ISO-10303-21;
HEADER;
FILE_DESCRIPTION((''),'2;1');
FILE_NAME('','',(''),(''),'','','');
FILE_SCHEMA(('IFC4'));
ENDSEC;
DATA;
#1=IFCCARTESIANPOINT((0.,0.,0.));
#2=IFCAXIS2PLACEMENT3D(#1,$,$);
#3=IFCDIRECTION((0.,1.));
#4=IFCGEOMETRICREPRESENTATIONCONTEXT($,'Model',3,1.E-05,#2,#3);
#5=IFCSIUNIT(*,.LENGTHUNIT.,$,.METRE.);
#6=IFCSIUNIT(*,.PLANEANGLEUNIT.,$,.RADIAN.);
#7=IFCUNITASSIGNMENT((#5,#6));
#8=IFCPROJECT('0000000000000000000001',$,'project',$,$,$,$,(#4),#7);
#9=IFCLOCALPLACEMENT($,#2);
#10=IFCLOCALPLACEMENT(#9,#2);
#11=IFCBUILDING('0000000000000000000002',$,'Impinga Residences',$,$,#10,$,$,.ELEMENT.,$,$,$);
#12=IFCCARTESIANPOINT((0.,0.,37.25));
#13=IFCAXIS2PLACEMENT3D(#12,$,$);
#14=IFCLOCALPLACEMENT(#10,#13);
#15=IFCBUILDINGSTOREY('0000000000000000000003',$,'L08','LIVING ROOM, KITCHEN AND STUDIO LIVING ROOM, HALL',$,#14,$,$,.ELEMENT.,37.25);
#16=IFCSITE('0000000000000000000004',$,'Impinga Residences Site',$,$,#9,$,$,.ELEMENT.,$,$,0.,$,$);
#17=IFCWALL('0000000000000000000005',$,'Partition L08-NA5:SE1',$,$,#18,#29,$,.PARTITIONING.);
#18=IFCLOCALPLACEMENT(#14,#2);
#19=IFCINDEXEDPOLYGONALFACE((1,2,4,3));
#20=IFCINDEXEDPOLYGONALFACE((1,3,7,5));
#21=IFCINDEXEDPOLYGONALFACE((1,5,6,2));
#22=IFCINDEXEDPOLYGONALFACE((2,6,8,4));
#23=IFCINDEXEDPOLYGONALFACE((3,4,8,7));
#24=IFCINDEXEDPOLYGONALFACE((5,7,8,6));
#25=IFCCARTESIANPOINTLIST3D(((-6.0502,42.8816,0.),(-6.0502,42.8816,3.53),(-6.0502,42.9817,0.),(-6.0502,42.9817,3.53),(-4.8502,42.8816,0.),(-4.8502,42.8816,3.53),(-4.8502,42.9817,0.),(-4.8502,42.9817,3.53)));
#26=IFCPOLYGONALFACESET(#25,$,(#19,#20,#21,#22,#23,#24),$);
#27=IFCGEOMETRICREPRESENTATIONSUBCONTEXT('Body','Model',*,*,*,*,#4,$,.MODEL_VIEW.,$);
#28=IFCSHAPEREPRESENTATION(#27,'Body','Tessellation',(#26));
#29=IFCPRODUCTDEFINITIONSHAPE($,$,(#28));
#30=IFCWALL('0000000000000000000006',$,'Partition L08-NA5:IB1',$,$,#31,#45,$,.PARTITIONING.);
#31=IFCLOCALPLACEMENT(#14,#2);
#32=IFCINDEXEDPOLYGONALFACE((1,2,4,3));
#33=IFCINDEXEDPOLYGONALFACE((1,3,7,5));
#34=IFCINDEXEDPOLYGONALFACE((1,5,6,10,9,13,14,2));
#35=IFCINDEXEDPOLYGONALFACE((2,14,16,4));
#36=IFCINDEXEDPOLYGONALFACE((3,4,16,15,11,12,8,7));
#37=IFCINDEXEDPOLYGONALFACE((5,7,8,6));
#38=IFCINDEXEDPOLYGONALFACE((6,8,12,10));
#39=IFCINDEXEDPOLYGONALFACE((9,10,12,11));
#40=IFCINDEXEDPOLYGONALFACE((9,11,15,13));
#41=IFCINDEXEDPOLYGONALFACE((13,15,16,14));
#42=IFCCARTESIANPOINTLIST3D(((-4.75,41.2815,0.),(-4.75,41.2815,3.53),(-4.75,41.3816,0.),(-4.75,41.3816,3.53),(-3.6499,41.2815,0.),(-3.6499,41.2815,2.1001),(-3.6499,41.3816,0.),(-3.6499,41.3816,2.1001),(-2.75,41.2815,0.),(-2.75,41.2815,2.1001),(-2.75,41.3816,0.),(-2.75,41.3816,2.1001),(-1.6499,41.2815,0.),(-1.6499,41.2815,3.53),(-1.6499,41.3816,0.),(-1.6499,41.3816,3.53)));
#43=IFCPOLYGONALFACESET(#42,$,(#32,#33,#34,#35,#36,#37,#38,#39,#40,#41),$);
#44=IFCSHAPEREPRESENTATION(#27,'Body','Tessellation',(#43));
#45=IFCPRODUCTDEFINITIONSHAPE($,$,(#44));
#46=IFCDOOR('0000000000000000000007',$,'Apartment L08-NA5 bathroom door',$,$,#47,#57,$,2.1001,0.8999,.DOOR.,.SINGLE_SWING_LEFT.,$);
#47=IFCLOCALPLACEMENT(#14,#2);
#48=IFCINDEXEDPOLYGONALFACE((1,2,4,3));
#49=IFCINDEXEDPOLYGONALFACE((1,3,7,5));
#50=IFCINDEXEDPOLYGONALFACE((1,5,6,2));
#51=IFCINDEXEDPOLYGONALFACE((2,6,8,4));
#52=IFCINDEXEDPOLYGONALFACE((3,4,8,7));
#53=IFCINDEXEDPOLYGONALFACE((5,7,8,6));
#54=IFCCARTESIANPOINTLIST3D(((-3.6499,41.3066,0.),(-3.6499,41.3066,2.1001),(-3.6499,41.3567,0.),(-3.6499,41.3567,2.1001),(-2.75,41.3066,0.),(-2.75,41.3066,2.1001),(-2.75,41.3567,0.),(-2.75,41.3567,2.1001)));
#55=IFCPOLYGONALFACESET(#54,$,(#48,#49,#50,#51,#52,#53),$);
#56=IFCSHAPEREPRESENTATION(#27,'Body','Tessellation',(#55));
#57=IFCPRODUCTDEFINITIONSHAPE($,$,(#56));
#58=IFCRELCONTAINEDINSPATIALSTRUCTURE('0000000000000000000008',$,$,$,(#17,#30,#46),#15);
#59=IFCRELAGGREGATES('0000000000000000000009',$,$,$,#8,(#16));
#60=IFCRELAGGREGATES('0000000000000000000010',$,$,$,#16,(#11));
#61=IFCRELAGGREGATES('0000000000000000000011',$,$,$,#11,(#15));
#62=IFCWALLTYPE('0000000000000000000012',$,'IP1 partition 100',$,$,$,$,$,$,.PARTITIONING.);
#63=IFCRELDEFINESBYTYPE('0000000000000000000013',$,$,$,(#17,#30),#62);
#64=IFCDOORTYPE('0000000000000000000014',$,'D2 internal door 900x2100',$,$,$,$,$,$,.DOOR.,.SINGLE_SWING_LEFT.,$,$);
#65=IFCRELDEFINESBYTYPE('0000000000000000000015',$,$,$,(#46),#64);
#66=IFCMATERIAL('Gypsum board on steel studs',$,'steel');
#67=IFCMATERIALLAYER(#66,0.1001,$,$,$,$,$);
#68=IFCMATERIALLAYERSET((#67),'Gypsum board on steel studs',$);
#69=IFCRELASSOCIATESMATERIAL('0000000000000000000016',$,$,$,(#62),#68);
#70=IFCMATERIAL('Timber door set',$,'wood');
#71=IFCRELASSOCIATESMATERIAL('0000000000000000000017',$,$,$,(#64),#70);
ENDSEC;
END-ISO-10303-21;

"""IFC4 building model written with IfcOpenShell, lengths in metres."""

from ifc_helpers import new_model, si_unit, direction, frame, frame_2d, origin, place, context, subcontext, project, spatial, rectangle, extrude, material, layer, layer_set, type_object, element, fill, save


model = new_model("IFC4")

# Units and contexts
model_context = context("Model", 3, precision=1e-05, world=origin(), true_north=direction((0.0, 1.0)))
body_context = subcontext(model_context, "Body", "Model", "MODEL_VIEW")
ifc_project = project(units=[si_unit("LENGTHUNIT", "METRE"), si_unit("PLANEANGLEUNIT", "RADIAN")], contexts=[model_context])

# Site, building, storey
site_placement = place(None, origin())
site = spatial("IfcSite", under=ifc_project, at=site_placement, Name="Impinga Residences Site", CompositionType="ELEMENT", RefElevation=0.0)
building_placement = place(site_placement, origin())
building = spatial("IfcBuilding", under=site, at=building_placement, Name="Impinga Residences", CompositionType="ELEMENT")
storey_placement = place(building_placement, frame((0.0, 0.0, 37.25)))
storey = spatial("IfcBuildingStorey", under=building, at=storey_placement, Name="L08", Description="LIVING ROOM, KITCHEN AND STUDIO LIVING ROOM, HALL", CompositionType="ELEMENT", Elevation=37.25)

# Shared definitions
ifc_material_1 = material(Name="Gypsum board on steel studs", Category="steel")
ifc_layer_1 = layer(ifc_material_1, 0.1001)
ifc_layer_set_1 = layer_set([ifc_layer_1], Name="Gypsum board on steel studs")
wall_type_1 = type_object("IfcWallType", Name="IP1 partition 100", PredefinedType="PARTITIONING", material=ifc_layer_set_1)

# Shared definitions
ifc_material_2 = material(Name="Timber door set", Category="wood")
door_type = type_object("IfcDoorType", Name="D2 internal door 900x2100", OperationType="SINGLE_SWING_LEFT", PredefinedType="DOOR", material=ifc_material_2)

# Wall
for number, where, z_axis, x_axis, name in (
    (1, (-4.8501, 42.9316, 0.0), (0.0, 0.0, 1.0), (-1.0, 0.0, 0.0), "Partition L08-NA5:SE1"),
):
    element("IfcWall", number, at=place(storey_placement, frame(where, z_axis=z_axis, x_axis=x_axis)), inside=storey, type_object=wall_type_1, Name=name, PredefinedType="PARTITIONING", context=body_context, shape_type="SweptSolid", body=[
        extrude(rectangle(XDim=1.2, YDim=0.1001, at=frame_2d((0.6001, 0.0))), origin(), (0.0, 0.0, 1.0), 3.53),
    ])

# Wall, opening, door
wall_1_placement = place(storey_placement, frame((-1.6499, 41.3315, 0.0), z_axis=(0.0, 0.0, 1.0), x_axis=(-1.0, 0.0, 0.0)))
wall_1 = element("IfcWall", 2, at=wall_1_placement, inside=storey, type_object=wall_type_1, Name="Partition L08-NA5:IB1", PredefinedType="PARTITIONING", context=body_context, shape_type="SweptSolid", body=[
    extrude(rectangle(XDim=3.1001, YDim=0.1001, at=frame_2d((1.55, 0.0))), origin(), (0.0, 0.0, 1.0), 3.53),
])
opening_1_placement = place(wall_1_placement, frame((1.1001, 0.0, 0.0)))
opening_1 = element("IfcOpeningElement", 3, at=opening_1_placement, cuts=wall_1, PredefinedType="OPENING", context=body_context, shape_type="SweptSolid", body=[
    extrude(rectangle(XDim=0.8999, YDim=2.1001, at=frame_2d((0.45, 1.05))), frame((0.0, 0.0601, 0.0), z_axis=(0.0, -1.0, 0.0), x_axis=(1.0, 0.0, 0.0)), (0.0, 0.0, 1.0), 0.1201),
])
door_1_placement = place(opening_1_placement, origin())
door_1 = element("IfcDoor", 4, at=door_1_placement, inside=storey, type_object=door_type, Name="Apartment L08-NA5 bathroom door", OperationType="SINGLE_SWING_LEFT", OverallHeight=2.1001, OverallWidth=0.8999, PredefinedType="DOOR", context=body_context, shape_type="SweptSolid", body=[
    extrude(rectangle(XDim=0.8999, YDim=2.1001, at=frame_2d((0.45, 1.05))), frame((0.0, 0.0249, 0.0), z_axis=(0.0, -1.0, 0.0), x_axis=(1.0, 0.0, 0.0)), (0.0, 0.0, 1.0), 0.05),
])
fill(opening_1, door_1)

save(model, "model.ifc")
